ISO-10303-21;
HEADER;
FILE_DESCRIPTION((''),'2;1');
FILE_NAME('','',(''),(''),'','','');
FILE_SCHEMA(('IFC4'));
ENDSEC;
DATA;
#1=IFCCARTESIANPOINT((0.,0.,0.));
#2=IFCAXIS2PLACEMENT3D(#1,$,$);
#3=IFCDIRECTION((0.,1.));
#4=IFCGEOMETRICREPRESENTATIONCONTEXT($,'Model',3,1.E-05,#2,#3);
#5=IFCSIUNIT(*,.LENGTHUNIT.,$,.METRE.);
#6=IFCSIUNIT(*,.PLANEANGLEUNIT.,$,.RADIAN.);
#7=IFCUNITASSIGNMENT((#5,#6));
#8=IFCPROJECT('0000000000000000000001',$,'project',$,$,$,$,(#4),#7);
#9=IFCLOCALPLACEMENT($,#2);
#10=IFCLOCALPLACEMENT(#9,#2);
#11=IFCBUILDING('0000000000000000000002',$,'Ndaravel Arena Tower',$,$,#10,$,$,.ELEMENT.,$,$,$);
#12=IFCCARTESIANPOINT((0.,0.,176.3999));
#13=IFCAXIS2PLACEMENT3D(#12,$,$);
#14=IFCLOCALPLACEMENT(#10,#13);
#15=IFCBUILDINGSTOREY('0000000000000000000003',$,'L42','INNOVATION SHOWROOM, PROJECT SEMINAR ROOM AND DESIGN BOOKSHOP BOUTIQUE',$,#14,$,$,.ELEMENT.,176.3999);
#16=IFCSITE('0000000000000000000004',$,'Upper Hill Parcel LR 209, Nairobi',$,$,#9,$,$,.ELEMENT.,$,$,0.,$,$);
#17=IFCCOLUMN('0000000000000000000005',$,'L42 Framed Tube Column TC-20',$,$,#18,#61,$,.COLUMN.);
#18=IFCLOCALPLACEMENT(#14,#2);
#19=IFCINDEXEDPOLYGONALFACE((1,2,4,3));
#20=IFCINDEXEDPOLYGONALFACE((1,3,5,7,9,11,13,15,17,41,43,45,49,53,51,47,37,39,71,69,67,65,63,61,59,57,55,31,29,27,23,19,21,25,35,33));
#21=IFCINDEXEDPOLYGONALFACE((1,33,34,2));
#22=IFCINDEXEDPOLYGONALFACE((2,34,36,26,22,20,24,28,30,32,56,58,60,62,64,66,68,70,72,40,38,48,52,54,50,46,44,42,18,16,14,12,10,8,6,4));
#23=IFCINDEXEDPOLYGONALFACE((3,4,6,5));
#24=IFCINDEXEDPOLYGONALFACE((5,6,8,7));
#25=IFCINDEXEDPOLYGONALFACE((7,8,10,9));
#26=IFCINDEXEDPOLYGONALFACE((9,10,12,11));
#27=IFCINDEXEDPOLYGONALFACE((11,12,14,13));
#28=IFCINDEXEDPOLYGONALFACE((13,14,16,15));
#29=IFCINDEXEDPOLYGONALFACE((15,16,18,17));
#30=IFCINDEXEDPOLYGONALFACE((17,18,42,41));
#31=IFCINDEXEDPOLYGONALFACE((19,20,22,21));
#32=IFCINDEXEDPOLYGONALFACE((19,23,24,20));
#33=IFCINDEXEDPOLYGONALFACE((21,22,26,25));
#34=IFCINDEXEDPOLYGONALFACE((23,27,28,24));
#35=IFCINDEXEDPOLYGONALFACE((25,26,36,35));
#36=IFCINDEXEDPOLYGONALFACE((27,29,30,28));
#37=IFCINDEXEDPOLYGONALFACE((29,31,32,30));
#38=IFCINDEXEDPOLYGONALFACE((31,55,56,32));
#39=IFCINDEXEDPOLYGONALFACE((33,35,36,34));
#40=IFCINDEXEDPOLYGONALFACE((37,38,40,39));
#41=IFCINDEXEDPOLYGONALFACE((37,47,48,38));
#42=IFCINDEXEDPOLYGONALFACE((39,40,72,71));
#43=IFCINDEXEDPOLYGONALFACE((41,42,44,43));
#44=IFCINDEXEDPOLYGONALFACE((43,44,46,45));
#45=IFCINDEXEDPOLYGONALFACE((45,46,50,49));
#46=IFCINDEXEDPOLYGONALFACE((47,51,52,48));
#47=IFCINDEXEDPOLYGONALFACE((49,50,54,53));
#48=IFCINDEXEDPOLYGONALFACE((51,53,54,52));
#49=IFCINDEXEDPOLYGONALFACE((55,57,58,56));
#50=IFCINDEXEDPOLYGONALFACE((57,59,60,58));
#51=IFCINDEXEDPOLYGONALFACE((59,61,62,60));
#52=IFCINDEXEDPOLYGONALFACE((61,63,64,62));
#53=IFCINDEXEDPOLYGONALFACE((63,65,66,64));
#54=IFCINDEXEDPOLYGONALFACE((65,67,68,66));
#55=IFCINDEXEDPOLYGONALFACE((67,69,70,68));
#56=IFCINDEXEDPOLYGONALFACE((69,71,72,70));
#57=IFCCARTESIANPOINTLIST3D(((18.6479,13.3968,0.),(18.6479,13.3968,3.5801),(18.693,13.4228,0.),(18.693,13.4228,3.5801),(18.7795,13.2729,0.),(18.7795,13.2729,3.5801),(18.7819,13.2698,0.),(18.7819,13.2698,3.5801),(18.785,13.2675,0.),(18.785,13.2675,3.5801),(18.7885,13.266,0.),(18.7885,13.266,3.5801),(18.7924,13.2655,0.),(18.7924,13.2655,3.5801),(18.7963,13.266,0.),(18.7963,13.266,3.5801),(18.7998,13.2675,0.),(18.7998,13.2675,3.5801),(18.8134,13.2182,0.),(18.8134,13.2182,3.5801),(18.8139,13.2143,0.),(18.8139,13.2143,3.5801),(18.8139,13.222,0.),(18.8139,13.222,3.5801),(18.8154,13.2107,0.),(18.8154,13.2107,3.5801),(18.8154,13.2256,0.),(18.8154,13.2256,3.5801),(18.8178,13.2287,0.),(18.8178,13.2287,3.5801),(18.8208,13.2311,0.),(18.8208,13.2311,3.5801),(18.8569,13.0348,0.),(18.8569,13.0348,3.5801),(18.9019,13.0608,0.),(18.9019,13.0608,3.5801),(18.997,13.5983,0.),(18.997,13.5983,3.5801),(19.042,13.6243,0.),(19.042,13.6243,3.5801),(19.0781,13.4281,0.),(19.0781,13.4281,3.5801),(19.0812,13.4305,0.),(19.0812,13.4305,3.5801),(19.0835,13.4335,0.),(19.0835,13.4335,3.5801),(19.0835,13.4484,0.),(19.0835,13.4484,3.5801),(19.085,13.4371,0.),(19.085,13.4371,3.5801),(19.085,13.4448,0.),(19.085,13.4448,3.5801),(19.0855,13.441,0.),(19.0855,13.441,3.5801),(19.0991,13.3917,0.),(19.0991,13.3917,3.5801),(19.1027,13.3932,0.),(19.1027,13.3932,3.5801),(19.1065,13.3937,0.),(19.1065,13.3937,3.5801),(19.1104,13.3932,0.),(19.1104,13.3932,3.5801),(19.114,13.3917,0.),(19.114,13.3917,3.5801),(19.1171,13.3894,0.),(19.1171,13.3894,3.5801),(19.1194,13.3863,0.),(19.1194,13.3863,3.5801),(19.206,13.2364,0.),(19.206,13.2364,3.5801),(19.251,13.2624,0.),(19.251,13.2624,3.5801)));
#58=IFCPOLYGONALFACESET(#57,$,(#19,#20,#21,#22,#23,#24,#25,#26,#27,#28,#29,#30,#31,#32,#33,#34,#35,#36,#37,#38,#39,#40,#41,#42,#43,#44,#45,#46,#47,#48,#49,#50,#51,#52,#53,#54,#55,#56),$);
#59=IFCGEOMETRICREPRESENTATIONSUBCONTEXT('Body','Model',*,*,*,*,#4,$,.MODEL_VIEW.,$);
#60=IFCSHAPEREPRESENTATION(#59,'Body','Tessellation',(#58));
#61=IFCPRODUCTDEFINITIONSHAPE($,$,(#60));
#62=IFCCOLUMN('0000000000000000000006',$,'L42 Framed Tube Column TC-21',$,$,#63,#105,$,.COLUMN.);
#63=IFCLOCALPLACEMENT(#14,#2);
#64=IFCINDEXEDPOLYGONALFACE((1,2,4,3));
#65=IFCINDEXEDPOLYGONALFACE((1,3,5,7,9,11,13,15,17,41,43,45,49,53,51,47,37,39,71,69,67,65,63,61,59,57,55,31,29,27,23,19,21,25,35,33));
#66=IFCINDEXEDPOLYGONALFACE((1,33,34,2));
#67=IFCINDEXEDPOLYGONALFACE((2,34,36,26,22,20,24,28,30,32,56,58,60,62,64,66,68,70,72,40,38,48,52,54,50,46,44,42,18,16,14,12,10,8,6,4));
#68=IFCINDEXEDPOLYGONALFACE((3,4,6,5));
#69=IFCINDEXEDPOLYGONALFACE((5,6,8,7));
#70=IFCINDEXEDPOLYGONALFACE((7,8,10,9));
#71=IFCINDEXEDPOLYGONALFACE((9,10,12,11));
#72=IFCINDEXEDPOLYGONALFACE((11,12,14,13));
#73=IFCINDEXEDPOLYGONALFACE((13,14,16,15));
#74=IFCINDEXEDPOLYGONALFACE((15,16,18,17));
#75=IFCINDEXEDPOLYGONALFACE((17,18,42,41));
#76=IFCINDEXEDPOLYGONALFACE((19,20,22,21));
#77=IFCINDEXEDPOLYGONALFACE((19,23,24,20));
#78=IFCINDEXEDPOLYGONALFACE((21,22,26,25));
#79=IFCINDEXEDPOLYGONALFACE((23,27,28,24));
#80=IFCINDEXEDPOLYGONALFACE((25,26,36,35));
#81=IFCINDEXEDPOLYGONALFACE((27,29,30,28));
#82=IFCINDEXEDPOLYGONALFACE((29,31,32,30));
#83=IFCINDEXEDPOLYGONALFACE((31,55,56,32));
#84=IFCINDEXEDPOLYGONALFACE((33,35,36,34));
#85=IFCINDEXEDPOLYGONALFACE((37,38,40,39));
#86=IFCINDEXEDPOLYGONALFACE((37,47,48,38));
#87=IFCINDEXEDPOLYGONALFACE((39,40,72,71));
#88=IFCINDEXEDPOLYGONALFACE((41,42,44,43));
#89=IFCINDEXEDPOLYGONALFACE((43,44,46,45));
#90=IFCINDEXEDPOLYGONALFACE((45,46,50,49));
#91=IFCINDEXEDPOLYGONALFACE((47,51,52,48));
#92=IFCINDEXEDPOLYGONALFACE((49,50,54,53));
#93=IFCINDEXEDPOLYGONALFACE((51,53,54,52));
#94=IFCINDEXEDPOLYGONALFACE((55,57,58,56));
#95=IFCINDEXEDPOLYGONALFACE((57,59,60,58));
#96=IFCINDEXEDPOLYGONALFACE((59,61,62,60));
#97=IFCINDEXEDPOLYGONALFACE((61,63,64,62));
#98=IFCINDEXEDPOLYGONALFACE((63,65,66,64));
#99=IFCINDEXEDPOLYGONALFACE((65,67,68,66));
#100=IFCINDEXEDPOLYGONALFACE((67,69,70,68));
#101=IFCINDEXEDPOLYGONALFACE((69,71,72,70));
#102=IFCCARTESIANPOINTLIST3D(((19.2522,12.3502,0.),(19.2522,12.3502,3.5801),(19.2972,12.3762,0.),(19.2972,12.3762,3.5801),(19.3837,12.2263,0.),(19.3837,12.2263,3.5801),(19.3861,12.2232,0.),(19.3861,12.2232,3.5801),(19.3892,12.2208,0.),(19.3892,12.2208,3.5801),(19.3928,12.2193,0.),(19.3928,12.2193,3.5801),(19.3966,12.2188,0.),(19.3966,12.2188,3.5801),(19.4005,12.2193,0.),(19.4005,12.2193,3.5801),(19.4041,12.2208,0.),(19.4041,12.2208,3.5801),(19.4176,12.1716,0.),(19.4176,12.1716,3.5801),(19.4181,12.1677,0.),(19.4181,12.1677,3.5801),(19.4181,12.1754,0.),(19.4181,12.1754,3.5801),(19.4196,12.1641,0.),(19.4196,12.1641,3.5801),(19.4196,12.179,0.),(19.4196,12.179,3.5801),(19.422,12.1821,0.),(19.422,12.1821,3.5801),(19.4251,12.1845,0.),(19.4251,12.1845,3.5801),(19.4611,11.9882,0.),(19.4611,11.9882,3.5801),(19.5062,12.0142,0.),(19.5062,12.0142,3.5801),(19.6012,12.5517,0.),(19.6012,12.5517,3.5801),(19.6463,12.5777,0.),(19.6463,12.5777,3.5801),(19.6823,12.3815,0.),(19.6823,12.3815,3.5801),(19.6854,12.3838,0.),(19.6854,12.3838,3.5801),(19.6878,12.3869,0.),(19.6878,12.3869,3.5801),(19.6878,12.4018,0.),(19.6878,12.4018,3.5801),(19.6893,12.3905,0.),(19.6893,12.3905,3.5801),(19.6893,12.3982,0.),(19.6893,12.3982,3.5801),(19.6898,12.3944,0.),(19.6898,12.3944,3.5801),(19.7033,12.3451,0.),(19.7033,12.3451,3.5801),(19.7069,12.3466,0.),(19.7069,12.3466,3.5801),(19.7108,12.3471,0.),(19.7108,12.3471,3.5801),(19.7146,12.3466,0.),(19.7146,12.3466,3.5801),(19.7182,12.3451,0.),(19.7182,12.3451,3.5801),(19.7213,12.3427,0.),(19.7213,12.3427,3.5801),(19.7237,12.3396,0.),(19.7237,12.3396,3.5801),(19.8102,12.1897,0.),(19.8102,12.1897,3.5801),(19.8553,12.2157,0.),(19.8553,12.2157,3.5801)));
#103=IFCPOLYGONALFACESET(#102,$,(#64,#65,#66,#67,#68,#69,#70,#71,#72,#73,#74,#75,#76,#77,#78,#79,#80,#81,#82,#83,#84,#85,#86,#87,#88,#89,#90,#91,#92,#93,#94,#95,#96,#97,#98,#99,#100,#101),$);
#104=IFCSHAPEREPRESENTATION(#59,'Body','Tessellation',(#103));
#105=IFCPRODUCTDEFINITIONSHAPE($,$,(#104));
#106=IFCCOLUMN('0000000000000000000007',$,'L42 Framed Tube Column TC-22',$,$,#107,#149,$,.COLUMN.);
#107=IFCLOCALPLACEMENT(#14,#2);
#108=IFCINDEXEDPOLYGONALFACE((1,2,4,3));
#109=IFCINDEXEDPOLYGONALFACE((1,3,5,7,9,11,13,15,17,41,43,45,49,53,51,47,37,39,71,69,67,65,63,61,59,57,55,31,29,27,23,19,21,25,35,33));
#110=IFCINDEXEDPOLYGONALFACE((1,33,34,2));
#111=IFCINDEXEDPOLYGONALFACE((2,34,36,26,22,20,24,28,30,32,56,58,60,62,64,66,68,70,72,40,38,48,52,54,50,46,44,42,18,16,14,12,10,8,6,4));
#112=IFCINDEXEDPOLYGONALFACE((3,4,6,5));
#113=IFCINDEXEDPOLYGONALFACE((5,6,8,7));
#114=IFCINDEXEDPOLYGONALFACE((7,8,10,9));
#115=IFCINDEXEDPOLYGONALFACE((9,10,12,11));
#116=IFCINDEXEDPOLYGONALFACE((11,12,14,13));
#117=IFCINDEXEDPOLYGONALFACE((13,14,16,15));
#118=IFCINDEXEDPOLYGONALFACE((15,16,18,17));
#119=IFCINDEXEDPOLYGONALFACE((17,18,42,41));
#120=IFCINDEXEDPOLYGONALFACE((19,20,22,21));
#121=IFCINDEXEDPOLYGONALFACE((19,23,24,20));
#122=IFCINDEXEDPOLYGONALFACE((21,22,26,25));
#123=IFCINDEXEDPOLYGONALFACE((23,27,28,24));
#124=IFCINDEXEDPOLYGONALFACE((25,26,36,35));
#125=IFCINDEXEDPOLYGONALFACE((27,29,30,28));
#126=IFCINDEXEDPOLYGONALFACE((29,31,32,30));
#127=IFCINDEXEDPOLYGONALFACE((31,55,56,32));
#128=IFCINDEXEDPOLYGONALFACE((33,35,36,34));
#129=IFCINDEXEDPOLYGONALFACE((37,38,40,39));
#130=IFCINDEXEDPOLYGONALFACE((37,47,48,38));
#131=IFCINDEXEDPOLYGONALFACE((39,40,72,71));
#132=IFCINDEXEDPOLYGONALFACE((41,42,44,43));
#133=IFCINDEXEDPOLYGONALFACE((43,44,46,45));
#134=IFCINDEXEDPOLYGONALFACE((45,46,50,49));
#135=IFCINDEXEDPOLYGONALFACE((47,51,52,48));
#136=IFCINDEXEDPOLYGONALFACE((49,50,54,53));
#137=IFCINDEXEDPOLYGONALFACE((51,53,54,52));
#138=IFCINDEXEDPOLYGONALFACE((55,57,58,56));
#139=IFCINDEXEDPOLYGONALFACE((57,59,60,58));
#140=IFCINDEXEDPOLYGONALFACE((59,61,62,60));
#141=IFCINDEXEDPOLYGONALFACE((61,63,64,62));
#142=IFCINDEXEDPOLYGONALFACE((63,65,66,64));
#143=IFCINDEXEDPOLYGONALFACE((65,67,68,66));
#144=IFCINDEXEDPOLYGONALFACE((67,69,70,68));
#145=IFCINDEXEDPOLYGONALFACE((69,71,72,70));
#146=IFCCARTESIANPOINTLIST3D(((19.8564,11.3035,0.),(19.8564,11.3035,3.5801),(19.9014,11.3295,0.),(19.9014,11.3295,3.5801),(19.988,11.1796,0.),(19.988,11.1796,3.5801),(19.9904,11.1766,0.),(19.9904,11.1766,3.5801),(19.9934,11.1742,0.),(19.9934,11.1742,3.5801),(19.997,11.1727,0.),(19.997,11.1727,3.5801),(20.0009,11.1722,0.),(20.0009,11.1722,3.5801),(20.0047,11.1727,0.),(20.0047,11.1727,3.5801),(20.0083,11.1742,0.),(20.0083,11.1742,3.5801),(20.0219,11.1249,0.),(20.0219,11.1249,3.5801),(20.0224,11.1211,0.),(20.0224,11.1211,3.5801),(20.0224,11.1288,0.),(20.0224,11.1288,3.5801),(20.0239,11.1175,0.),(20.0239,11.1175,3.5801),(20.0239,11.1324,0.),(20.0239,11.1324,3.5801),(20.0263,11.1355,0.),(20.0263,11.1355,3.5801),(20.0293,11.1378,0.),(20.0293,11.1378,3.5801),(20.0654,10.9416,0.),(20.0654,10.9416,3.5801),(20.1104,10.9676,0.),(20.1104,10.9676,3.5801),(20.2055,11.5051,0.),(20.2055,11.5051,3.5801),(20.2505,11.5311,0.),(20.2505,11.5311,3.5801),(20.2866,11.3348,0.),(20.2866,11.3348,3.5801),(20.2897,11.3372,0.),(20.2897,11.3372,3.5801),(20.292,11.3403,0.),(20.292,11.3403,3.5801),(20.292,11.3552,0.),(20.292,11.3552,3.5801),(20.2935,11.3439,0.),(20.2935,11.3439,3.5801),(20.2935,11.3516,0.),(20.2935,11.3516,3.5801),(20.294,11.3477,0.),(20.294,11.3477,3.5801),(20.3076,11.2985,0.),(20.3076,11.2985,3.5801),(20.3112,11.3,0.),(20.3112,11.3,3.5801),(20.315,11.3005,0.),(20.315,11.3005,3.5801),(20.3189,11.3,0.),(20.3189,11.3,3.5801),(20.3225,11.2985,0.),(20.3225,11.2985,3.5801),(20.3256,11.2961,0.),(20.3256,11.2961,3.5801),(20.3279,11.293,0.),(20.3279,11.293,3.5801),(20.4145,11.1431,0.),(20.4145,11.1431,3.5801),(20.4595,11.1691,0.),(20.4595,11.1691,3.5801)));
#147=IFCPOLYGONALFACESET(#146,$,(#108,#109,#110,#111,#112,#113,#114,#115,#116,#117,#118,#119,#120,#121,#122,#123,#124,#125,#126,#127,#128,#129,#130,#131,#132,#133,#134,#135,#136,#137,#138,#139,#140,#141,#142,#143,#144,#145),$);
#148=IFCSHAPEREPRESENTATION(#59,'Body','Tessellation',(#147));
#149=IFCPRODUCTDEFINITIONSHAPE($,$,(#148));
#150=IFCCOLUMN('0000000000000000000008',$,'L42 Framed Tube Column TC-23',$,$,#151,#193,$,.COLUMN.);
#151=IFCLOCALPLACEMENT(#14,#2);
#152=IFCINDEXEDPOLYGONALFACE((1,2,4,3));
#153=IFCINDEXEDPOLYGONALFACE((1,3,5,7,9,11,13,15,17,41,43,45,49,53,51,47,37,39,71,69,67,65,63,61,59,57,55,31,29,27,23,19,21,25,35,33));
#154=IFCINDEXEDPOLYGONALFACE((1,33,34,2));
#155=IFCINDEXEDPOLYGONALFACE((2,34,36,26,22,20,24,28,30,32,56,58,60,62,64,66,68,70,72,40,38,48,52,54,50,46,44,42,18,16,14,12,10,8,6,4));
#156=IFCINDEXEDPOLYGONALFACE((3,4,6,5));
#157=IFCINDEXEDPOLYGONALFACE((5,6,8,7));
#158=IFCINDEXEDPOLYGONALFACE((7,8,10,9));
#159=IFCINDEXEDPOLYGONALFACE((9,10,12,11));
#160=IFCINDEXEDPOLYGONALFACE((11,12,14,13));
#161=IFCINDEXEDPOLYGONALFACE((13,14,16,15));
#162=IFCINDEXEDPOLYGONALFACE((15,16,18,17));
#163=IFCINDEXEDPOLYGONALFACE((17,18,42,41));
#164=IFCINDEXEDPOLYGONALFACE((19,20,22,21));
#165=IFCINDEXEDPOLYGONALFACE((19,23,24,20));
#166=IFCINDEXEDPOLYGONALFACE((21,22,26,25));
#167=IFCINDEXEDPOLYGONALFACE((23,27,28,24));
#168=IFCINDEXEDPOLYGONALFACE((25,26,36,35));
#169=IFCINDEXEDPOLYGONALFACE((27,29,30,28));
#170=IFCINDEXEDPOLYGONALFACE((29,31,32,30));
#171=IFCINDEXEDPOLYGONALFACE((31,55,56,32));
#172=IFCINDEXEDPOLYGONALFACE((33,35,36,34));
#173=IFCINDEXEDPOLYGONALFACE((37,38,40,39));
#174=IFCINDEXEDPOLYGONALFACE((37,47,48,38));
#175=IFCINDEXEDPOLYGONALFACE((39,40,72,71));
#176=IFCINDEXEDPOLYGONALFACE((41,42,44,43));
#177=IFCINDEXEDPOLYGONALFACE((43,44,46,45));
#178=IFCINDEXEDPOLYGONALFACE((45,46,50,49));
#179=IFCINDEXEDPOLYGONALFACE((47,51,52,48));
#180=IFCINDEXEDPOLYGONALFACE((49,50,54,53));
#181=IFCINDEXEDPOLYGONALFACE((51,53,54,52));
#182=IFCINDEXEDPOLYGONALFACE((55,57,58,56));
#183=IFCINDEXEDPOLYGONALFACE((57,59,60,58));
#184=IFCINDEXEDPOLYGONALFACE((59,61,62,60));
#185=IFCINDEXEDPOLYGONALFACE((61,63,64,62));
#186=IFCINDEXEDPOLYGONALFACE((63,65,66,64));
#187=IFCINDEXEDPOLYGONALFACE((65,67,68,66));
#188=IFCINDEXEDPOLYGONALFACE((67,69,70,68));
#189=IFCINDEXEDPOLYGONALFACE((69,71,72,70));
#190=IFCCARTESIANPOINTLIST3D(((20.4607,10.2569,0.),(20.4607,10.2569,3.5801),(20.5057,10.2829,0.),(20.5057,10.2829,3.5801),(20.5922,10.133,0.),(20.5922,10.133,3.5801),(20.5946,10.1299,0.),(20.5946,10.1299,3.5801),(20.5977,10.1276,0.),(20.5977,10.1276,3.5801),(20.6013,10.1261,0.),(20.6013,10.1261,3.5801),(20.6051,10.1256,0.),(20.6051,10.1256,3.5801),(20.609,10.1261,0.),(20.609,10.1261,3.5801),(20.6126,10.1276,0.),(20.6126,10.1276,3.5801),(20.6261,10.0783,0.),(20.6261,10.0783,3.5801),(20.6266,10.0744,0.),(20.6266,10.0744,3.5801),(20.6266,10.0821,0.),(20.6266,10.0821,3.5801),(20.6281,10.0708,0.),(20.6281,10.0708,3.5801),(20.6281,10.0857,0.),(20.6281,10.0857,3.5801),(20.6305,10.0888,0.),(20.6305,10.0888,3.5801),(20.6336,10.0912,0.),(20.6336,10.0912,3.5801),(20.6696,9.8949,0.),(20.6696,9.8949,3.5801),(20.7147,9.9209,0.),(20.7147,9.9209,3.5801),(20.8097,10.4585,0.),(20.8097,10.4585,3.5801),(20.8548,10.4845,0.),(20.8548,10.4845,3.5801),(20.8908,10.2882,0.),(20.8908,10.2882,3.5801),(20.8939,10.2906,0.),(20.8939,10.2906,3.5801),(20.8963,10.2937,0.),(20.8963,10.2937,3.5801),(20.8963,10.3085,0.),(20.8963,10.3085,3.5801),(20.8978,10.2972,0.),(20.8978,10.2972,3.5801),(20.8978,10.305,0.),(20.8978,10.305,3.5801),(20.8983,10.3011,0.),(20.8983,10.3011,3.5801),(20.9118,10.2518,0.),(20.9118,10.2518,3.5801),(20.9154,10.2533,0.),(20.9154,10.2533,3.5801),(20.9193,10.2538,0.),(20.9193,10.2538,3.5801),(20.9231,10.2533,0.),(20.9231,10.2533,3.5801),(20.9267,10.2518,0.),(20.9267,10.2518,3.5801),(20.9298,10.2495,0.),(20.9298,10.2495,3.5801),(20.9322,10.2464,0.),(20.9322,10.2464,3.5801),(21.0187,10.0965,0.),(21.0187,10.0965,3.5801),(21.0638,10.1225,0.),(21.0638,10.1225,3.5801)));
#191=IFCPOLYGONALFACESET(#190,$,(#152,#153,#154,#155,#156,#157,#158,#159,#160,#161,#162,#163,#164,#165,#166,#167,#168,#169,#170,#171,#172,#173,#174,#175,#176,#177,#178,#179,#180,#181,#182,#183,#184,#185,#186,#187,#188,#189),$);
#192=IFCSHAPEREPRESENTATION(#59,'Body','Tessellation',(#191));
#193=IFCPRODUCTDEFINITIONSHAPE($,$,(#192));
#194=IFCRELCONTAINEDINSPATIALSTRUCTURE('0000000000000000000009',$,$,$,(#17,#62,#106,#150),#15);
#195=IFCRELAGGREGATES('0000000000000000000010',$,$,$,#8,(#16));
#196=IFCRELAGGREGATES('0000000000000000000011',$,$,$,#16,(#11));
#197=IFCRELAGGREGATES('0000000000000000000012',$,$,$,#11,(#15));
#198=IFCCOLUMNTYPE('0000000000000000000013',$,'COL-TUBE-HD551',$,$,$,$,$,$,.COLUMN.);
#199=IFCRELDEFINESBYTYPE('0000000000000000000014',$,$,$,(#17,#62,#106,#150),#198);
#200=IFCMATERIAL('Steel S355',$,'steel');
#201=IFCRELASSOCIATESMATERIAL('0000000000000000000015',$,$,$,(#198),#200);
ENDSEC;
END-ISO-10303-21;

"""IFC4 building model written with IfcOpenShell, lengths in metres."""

from ifc_helpers import new_model, si_unit, direction, frame, origin, origin_2d, place, context, subcontext, project, spatial, i_section, extrude, material, material_profile, profile_set, type_object, element, save


model = new_model("IFC4")

# Units and contexts
model_context = context("Model", 3, precision=1e-05, world=origin(), true_north=direction((0.0, 1.0)))
body_context = subcontext(model_context, "Body", "Model", "MODEL_VIEW")
ifc_project = project(units=[si_unit("LENGTHUNIT", "METRE"), si_unit("PLANEANGLEUNIT", "RADIAN")], contexts=[model_context])

# Site, building, storey
site_placement = place(None, origin())
site = spatial("IfcSite", under=ifc_project, at=site_placement, Name="Upper Hill Parcel LR 209, Nairobi", CompositionType="ELEMENT", RefElevation=0.0)
building_placement = place(site_placement, origin())
building = spatial("IfcBuilding", under=site, at=building_placement, Name="Ndaravel Arena Tower", CompositionType="ELEMENT")
storey_placement = place(building_placement, frame((0.0, 0.0, 176.3999)))
storey = spatial("IfcBuildingStorey", under=building, at=storey_placement, Name="L42", Description="INNOVATION SHOWROOM, PROJECT SEMINAR ROOM AND DESIGN BOOKSHOP BOUTIQUE", CompositionType="ELEMENT", Elevation=176.3999)

# Columns
ifc_material_1 = material(Name="Steel S355", Category="steel")
ifc_material_profile_1 = material_profile(ifc_material_1, i_section(OverallWidth=0.418, OverallDepth=0.4551, WebThickness=0.042, FlangeThickness=0.052, FilletRadius=0.0149, at=origin_2d()), Name="HD 400x551")
ifc_profile_set_1 = profile_set([ifc_material_profile_1], Name="Steel S355")
column_type = type_object("IfcColumnType", Name="COL-TUBE-HD551", PredefinedType="COLUMN", material=ifc_profile_set_1)
for number, where, z_axis, x_axis, name in (
    (1, (18.9495, 13.3296, 0.0), (0.0, 0.0, 1.0), (-0.5, 0.866025, 0.0), "L42 Framed Tube Column TC-20"),
    (2, (19.5537, 12.283, 0.0), (0.0, 0.0, 1.0), (-0.5, 0.866025, 0.0), "L42 Framed Tube Column TC-21"),
    (3, (20.158, 11.2363, 0.0), (0.0, 0.0, 1.0), (-0.5, 0.866025, 0.0), "L42 Framed Tube Column TC-22"),
    (4, (20.7622, 10.1897, 0.0), (0.0, 0.0, 1.0), (-0.5, 0.866025, 0.0), "L42 Framed Tube Column TC-23"),
):
    element("IfcColumn", number, at=place(storey_placement, frame(where, z_axis=z_axis, x_axis=x_axis)), inside=storey, type_object=column_type, Name=name, PredefinedType="COLUMN", context=body_context, shape_type="SweptSolid", body=[
        extrude(i_section(OverallWidth=0.418, OverallDepth=0.4551, WebThickness=0.042, FlangeThickness=0.052, FilletRadius=0.0149, at=origin_2d()), origin(), (0.0, 0.0, 1.0), 3.5801),
    ])

save(model, "model.ifc")
